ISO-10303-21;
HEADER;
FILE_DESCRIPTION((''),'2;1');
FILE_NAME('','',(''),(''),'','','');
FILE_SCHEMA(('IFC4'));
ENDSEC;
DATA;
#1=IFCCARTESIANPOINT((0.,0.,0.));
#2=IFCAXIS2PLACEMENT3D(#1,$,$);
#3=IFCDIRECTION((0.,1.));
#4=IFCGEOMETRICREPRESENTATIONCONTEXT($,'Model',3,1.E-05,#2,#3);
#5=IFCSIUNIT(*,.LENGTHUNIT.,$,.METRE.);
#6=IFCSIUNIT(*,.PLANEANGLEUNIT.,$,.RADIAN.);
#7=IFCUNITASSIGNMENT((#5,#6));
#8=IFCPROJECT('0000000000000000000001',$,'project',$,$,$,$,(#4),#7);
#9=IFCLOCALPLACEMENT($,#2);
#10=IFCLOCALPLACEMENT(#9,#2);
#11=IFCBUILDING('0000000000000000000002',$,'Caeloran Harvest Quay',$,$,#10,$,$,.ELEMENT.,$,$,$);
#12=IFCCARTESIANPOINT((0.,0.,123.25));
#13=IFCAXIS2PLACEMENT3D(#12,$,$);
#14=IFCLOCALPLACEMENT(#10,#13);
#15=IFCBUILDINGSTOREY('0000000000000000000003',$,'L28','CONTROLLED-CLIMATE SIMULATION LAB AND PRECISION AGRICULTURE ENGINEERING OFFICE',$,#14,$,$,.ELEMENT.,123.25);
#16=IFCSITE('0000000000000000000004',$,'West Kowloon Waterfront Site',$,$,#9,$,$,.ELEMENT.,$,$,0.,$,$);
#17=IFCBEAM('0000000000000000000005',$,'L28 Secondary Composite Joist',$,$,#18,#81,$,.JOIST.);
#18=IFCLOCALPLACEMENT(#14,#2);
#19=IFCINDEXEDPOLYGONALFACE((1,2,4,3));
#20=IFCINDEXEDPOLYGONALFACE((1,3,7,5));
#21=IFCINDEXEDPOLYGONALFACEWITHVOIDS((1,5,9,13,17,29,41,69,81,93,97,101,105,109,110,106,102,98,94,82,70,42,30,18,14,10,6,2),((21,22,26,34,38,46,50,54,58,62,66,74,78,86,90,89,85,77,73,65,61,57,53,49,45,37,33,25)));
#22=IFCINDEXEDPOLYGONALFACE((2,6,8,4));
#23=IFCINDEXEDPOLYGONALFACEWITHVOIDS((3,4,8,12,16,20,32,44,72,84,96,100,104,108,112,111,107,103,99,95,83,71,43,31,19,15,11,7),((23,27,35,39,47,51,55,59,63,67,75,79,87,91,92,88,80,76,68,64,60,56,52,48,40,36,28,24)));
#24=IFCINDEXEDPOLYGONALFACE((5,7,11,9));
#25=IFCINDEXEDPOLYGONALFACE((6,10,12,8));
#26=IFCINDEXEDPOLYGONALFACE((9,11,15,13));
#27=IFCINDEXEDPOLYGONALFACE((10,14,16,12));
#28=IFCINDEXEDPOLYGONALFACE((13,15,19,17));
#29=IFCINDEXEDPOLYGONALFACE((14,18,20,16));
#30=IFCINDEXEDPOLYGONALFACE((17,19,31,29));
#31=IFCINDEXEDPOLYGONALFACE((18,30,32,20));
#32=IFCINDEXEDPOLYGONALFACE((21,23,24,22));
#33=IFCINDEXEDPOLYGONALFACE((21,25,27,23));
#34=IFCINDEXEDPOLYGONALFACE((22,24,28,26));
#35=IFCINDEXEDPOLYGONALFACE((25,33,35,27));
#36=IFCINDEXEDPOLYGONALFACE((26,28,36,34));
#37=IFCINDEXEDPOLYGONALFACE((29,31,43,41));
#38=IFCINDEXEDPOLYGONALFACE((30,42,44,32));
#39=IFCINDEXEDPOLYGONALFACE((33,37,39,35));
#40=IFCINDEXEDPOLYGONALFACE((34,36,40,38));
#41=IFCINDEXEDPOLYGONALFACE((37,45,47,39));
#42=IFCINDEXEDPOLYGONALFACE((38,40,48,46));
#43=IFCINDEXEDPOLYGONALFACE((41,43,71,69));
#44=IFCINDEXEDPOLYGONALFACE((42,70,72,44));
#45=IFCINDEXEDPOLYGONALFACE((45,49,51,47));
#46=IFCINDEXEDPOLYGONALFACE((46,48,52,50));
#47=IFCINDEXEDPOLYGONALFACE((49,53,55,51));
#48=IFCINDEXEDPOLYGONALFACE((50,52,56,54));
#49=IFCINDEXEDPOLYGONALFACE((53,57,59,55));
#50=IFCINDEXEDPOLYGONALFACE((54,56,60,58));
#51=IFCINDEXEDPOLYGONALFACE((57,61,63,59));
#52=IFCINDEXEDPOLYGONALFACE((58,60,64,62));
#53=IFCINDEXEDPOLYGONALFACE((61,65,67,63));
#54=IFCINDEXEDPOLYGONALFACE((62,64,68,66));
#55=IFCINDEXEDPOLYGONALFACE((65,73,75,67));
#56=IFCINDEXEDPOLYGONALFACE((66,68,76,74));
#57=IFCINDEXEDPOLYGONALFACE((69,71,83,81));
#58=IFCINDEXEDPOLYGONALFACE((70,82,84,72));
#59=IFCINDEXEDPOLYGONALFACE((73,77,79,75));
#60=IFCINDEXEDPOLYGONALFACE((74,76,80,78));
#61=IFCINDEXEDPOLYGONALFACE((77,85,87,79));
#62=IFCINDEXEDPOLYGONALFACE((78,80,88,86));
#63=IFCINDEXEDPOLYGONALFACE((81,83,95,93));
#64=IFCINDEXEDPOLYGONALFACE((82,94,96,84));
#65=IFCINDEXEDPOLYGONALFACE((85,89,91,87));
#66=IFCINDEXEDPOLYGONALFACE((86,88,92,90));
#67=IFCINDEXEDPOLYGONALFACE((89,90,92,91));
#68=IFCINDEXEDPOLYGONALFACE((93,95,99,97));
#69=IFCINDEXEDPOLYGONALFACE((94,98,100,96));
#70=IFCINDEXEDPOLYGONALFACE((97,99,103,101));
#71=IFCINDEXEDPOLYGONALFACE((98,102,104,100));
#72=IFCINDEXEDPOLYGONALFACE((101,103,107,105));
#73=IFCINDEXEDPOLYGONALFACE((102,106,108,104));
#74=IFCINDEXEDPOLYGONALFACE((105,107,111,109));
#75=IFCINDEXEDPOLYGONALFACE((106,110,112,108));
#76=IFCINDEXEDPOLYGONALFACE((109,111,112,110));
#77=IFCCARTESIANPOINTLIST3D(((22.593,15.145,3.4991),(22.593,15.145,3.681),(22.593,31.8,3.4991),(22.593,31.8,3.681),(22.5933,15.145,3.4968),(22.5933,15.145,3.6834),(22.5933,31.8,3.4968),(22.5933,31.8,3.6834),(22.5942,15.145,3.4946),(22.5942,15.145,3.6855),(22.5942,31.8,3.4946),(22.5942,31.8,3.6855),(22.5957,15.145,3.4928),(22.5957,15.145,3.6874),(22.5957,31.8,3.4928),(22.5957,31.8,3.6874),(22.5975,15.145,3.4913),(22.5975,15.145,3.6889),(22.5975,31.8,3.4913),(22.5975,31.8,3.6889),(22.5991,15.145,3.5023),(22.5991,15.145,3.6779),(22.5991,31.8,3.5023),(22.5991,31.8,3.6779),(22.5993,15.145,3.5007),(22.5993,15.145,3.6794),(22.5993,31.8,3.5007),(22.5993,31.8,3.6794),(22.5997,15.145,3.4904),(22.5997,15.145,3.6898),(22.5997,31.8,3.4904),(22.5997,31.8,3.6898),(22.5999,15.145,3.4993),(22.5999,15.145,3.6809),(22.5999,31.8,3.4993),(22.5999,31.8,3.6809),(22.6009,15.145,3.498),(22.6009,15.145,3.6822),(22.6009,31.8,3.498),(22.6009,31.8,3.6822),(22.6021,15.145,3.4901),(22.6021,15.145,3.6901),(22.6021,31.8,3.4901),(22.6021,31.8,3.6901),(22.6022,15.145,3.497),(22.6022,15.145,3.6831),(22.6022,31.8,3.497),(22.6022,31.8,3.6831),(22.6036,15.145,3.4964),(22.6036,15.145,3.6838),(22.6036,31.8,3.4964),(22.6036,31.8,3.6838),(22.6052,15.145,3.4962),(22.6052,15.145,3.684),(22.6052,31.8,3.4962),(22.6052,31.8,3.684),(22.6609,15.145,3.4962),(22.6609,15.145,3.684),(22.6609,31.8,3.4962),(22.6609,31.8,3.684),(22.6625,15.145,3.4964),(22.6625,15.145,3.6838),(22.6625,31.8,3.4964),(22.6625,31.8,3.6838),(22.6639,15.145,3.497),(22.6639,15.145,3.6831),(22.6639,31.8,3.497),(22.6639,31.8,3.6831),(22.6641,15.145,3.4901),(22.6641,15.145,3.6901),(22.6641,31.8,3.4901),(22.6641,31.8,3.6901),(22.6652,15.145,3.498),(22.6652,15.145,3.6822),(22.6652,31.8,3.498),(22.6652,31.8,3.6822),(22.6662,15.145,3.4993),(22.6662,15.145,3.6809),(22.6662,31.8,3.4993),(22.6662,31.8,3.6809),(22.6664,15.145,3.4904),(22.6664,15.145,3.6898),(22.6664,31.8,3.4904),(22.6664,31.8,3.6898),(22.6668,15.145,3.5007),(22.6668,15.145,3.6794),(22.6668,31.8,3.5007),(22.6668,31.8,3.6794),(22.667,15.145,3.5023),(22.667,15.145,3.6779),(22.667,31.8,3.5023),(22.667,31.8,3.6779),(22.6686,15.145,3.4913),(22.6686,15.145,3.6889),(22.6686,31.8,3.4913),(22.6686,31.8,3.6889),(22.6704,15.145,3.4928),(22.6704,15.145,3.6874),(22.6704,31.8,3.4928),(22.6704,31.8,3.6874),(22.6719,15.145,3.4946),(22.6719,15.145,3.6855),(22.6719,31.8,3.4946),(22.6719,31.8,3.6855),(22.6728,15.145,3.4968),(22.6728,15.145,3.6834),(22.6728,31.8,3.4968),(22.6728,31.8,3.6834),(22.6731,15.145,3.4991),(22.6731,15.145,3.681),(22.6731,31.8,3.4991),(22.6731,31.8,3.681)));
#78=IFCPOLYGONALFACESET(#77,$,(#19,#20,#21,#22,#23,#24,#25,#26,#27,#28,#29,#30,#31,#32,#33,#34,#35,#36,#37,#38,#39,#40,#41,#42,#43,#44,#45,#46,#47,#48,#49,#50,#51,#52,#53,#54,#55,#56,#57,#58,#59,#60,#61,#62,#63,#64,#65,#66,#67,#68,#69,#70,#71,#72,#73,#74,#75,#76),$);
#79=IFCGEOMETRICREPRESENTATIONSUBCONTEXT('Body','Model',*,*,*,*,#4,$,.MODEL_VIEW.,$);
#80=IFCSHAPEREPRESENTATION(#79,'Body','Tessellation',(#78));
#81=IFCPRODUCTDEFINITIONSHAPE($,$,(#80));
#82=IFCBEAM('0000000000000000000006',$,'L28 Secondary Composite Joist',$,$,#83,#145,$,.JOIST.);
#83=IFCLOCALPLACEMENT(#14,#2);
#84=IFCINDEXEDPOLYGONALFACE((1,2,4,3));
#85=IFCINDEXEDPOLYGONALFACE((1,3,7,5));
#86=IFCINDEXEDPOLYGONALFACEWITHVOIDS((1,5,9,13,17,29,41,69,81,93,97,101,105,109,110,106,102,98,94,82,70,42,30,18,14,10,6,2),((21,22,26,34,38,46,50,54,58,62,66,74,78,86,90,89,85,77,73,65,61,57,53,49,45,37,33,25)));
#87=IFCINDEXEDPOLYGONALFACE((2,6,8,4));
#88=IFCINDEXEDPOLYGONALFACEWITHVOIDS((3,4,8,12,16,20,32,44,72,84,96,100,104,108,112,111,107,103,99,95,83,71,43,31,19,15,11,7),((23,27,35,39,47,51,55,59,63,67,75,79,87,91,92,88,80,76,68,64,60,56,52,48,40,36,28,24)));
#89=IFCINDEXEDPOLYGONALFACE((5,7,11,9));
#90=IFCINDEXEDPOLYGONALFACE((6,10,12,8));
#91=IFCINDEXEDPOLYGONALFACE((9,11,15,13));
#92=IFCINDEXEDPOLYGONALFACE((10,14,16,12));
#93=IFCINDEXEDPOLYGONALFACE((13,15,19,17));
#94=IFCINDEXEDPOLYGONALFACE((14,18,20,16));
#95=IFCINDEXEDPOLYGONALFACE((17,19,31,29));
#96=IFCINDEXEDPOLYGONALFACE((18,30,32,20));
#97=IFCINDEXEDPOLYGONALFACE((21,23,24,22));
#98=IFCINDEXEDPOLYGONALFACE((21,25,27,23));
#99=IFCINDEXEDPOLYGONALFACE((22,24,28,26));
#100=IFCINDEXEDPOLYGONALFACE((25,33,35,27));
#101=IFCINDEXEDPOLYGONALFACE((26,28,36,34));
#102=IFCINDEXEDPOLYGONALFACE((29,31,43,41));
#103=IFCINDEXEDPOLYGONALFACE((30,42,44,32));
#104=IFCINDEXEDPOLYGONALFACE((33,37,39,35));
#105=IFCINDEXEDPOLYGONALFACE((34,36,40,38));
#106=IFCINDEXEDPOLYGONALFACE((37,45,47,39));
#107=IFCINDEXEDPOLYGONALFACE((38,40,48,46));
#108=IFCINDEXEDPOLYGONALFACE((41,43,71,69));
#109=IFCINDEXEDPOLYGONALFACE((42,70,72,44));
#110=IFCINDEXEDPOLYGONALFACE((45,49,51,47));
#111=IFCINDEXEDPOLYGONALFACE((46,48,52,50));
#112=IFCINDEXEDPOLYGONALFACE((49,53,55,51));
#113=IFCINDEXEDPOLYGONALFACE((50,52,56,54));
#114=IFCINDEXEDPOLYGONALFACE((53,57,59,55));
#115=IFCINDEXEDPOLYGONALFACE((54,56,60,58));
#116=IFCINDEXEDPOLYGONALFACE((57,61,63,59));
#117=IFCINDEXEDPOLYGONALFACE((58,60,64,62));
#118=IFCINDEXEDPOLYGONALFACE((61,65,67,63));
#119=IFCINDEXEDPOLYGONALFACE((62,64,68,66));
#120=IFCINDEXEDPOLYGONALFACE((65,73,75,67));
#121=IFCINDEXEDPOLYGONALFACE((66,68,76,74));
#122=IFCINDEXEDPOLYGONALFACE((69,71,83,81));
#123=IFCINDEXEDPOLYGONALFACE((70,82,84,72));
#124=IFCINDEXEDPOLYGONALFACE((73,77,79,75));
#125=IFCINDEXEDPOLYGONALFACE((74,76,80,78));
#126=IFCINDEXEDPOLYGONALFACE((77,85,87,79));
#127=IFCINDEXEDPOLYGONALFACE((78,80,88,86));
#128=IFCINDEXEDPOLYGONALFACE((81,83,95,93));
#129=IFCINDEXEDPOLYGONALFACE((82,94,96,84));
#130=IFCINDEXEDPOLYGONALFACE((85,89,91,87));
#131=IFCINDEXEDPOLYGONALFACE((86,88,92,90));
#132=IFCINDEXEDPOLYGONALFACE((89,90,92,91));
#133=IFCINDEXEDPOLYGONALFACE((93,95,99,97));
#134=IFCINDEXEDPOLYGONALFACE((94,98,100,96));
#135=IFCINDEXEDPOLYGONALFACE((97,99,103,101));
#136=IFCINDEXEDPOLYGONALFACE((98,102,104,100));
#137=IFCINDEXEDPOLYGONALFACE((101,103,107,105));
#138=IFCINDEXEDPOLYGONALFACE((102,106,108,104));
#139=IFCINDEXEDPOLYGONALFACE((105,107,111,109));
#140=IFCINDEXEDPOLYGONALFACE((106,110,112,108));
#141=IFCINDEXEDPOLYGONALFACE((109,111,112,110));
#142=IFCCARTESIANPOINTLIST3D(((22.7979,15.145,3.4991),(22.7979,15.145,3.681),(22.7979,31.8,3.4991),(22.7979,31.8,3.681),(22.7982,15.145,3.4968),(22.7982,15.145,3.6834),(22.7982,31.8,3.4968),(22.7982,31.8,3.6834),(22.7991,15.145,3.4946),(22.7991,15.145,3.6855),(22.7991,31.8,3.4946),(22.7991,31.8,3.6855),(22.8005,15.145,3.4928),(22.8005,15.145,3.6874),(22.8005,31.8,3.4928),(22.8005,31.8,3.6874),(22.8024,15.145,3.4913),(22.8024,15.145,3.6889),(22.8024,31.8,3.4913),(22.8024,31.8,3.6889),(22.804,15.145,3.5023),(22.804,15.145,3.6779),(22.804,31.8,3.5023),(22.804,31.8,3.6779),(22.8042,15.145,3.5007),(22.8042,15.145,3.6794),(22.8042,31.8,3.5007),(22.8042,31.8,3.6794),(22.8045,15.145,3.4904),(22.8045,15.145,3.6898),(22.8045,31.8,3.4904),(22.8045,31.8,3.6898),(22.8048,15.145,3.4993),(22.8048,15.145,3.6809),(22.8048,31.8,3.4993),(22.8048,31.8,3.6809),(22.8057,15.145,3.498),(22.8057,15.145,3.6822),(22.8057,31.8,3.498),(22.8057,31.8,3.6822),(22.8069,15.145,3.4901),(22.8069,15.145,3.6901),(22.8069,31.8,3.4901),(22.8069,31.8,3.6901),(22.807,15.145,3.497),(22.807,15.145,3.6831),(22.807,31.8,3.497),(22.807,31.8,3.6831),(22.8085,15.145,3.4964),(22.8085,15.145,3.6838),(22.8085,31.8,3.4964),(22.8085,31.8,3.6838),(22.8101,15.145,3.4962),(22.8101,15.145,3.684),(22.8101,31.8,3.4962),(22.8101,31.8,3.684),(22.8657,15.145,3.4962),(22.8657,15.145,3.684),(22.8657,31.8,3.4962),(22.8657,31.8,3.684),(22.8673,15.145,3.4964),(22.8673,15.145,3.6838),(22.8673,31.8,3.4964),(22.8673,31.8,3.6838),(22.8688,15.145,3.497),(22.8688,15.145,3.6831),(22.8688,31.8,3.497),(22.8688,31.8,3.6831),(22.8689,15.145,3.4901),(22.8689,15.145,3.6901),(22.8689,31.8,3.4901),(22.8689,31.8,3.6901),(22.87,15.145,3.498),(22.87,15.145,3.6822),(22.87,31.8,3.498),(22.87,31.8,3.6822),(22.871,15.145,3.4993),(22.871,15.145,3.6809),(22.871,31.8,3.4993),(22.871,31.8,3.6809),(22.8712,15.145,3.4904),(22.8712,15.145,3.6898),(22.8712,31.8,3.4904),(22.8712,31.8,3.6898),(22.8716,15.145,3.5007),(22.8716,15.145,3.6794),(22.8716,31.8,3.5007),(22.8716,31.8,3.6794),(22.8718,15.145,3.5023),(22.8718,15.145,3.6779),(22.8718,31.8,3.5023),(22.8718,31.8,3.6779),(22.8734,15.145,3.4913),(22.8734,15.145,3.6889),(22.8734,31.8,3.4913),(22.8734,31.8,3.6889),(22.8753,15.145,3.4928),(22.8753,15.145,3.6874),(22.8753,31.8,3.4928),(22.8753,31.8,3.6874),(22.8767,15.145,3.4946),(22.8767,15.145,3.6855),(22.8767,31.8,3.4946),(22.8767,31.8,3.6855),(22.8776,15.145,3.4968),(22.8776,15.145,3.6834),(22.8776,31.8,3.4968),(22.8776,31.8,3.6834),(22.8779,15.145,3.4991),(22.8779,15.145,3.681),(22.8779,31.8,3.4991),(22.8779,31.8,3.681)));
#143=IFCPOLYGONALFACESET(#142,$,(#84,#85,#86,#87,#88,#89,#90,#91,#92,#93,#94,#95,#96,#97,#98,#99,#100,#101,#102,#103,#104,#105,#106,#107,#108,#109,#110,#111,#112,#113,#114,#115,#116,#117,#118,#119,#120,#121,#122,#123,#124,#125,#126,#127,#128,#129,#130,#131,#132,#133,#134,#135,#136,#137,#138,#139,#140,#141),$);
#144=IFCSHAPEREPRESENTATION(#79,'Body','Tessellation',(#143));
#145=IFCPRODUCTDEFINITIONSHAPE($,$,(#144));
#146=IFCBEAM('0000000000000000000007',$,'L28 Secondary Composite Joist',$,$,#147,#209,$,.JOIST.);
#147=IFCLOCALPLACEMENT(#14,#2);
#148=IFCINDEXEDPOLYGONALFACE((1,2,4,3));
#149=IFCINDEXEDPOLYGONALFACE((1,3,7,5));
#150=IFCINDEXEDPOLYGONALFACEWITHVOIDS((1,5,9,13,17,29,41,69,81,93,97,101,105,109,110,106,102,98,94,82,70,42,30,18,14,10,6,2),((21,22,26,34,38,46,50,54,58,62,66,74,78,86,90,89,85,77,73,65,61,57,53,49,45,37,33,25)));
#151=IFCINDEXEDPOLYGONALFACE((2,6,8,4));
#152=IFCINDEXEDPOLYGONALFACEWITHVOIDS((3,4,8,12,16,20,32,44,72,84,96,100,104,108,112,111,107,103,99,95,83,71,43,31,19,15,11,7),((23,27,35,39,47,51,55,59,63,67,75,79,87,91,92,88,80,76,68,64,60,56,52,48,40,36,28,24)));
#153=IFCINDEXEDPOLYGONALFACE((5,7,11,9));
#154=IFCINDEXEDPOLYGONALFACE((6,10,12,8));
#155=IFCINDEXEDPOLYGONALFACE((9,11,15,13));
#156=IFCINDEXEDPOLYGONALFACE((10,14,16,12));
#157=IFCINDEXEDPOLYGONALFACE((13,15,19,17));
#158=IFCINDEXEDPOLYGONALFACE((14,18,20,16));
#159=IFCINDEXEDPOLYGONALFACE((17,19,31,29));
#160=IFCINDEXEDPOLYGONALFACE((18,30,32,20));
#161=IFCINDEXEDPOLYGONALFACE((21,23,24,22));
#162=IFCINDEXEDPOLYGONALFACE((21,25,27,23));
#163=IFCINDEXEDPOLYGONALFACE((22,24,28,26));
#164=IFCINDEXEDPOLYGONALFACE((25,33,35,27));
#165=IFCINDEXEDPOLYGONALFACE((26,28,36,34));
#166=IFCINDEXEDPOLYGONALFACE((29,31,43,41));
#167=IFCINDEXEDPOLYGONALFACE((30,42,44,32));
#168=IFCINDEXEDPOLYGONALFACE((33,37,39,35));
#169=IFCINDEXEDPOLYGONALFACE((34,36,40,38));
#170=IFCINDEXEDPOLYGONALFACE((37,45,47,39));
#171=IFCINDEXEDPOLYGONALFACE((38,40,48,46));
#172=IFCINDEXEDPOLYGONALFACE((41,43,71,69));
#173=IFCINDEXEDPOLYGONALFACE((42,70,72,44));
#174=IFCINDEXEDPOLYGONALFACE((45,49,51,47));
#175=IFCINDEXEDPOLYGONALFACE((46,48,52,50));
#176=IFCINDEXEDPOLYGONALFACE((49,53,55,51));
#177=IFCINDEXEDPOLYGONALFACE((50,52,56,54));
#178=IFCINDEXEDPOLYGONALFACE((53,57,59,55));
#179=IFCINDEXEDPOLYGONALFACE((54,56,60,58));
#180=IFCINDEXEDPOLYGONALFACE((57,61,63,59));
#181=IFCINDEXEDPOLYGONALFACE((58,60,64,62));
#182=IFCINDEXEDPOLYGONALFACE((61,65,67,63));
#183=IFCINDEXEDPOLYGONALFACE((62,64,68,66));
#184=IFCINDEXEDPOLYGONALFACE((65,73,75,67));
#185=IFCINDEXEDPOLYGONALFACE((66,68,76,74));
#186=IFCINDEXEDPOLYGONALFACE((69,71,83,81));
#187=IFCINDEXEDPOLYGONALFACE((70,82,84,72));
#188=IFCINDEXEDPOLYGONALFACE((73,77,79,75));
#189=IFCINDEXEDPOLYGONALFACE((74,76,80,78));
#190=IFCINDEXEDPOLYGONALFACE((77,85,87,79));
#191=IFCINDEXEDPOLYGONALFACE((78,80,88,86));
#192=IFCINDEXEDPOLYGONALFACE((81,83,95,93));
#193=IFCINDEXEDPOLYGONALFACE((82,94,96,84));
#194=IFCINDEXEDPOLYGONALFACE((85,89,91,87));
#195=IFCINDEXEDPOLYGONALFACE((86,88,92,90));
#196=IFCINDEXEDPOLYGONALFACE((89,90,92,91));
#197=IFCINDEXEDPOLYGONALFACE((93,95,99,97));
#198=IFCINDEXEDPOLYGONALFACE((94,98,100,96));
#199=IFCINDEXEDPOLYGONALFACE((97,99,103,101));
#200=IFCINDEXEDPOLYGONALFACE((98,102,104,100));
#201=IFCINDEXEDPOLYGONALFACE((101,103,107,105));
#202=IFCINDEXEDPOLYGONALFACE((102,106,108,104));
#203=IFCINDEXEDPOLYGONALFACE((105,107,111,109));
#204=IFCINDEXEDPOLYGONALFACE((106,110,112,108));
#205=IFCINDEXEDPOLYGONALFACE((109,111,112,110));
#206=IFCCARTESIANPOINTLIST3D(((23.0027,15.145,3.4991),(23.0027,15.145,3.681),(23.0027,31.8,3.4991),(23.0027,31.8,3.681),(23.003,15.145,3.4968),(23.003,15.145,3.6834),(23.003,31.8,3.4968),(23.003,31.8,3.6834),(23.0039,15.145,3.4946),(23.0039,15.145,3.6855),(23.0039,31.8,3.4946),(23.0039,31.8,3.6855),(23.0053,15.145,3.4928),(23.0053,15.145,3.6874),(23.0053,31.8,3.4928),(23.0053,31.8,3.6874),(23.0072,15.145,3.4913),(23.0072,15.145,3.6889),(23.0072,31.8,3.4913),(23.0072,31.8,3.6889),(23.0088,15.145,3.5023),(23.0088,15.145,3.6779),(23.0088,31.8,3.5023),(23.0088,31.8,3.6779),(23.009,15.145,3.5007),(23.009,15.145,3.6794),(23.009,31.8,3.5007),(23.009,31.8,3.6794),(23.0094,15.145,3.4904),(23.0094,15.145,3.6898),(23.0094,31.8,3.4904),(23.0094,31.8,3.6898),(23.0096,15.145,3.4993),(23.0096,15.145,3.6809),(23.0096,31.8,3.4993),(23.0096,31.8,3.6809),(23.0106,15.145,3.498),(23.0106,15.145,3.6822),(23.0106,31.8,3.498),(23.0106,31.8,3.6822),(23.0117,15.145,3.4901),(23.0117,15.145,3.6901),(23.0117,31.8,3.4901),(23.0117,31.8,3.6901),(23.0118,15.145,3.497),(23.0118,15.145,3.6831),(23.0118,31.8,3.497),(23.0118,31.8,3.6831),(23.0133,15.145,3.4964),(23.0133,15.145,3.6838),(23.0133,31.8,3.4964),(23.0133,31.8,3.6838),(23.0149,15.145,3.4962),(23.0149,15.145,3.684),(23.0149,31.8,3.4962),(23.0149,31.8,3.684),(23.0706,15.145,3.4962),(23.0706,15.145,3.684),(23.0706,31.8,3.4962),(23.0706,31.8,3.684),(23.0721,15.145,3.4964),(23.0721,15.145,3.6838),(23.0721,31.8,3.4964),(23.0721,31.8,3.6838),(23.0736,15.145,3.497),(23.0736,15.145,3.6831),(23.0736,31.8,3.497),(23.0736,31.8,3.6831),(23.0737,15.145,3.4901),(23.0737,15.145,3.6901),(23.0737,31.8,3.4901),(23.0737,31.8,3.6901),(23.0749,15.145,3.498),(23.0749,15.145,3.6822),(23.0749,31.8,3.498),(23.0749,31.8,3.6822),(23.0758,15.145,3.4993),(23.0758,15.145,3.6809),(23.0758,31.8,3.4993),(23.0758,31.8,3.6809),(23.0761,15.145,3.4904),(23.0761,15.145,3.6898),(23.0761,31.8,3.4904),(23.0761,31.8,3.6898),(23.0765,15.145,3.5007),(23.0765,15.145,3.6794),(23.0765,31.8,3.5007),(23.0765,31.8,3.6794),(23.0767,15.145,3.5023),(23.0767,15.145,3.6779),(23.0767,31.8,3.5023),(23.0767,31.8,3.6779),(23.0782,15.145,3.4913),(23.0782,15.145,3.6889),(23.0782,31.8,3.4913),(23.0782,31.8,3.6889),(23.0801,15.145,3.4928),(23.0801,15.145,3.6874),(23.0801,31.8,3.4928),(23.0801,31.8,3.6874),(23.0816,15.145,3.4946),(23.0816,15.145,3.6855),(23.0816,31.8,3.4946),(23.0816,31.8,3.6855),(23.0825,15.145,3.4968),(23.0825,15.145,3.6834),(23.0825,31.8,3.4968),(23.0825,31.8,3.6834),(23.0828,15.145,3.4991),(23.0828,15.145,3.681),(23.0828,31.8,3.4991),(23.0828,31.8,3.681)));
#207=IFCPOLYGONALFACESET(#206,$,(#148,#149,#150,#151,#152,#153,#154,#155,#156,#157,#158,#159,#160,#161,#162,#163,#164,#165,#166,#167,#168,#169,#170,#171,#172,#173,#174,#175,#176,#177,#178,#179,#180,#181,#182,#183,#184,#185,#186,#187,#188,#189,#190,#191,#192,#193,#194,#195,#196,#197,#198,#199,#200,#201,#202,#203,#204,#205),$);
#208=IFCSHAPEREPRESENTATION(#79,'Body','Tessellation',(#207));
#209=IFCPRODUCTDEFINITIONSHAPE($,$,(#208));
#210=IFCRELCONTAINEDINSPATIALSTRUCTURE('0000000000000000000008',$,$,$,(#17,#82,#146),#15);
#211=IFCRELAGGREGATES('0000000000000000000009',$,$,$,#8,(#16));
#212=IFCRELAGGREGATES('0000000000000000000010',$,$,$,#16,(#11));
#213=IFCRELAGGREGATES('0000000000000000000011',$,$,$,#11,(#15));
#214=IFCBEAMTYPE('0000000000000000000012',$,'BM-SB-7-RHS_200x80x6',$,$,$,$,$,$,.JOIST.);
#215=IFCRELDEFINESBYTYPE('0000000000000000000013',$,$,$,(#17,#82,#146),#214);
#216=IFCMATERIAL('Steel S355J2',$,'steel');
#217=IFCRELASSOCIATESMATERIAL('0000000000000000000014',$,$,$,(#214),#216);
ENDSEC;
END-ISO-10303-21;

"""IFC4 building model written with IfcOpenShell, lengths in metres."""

from ifc_helpers import new_model, si_unit, direction, frame, origin, origin_2d, place, context, subcontext, project, spatial, hollow_rectangle, extrude, material, material_profile, profile_set, type_object, element, save


model = new_model("IFC4")

# Units and contexts
model_context = context("Model", 3, precision=1e-05, world=origin(), true_north=direction((0.0, 1.0)))
body_context = subcontext(model_context, "Body", "Model", "MODEL_VIEW")
ifc_project = project(units=[si_unit("LENGTHUNIT", "METRE"), si_unit("PLANEANGLEUNIT", "RADIAN")], contexts=[model_context])

# Site, building, storey
site_placement = place(None, origin())
site = spatial("IfcSite", under=ifc_project, at=site_placement, Name="West Kowloon Waterfront Site", CompositionType="ELEMENT", RefElevation=0.0)
building_placement = place(site_placement, origin())
building = spatial("IfcBuilding", under=site, at=building_placement, Name="Caeloran Harvest Quay", CompositionType="ELEMENT")
storey_placement = place(building_placement, frame((0.0, 0.0, 123.25)))
storey = spatial("IfcBuildingStorey", under=building, at=storey_placement, Name="L28", Description="CONTROLLED-CLIMATE SIMULATION LAB AND PRECISION AGRICULTURE ENGINEERING OFFICE", CompositionType="ELEMENT", Elevation=123.25)

# Beams
ifc_material_1 = material(Name="Steel S355J2", Category="steel")
ifc_material_profile_1 = material_profile(ifc_material_1, hollow_rectangle(XDim=0.0801, YDim=0.2, WallThickness=0.0061, InnerFilletRadius=0.0061, OuterFilletRadius=0.009, at=origin_2d()), Name="RHS 200x80x6")
ifc_profile_set_1 = profile_set([ifc_material_profile_1], Name="Steel S355J2")
beam_type_1 = type_object("IfcBeamType", Name="BM-SB-7-RHS_200x80x6", PredefinedType="JOIST", material=ifc_profile_set_1)
for number, where, z_axis, x_axis, name in (
    (1, (22.6331, 15.145, 3.5901), (0.0, 1.0, 0.0), (-1.0, 0.0, 0.0), "L28 Secondary Composite Joist"),
    (2, (22.8379, 15.145, 3.5901), (0.0, 1.0, 0.0), (-1.0, 0.0, 0.0), "L28 Secondary Composite Joist"),
    (3, (23.0427, 15.145, 3.5901), (0.0, 1.0, 0.0), (-1.0, 0.0, 0.0), "L28 Secondary Composite Joist"),
):
    element("IfcBeam", number, at=place(storey_placement, frame(where, z_axis=z_axis, x_axis=x_axis)), inside=storey, type_object=beam_type_1, Name=name, PredefinedType="JOIST", context=body_context, shape_type="SweptSolid", body=[
        extrude(hollow_rectangle(XDim=0.0801, YDim=0.2, WallThickness=0.0061, InnerFilletRadius=0.0061, OuterFilletRadius=0.009, at=origin_2d()), origin(), (0.0, 0.0, 1.0), 16.655),
    ])

save(model, "model.ifc")
